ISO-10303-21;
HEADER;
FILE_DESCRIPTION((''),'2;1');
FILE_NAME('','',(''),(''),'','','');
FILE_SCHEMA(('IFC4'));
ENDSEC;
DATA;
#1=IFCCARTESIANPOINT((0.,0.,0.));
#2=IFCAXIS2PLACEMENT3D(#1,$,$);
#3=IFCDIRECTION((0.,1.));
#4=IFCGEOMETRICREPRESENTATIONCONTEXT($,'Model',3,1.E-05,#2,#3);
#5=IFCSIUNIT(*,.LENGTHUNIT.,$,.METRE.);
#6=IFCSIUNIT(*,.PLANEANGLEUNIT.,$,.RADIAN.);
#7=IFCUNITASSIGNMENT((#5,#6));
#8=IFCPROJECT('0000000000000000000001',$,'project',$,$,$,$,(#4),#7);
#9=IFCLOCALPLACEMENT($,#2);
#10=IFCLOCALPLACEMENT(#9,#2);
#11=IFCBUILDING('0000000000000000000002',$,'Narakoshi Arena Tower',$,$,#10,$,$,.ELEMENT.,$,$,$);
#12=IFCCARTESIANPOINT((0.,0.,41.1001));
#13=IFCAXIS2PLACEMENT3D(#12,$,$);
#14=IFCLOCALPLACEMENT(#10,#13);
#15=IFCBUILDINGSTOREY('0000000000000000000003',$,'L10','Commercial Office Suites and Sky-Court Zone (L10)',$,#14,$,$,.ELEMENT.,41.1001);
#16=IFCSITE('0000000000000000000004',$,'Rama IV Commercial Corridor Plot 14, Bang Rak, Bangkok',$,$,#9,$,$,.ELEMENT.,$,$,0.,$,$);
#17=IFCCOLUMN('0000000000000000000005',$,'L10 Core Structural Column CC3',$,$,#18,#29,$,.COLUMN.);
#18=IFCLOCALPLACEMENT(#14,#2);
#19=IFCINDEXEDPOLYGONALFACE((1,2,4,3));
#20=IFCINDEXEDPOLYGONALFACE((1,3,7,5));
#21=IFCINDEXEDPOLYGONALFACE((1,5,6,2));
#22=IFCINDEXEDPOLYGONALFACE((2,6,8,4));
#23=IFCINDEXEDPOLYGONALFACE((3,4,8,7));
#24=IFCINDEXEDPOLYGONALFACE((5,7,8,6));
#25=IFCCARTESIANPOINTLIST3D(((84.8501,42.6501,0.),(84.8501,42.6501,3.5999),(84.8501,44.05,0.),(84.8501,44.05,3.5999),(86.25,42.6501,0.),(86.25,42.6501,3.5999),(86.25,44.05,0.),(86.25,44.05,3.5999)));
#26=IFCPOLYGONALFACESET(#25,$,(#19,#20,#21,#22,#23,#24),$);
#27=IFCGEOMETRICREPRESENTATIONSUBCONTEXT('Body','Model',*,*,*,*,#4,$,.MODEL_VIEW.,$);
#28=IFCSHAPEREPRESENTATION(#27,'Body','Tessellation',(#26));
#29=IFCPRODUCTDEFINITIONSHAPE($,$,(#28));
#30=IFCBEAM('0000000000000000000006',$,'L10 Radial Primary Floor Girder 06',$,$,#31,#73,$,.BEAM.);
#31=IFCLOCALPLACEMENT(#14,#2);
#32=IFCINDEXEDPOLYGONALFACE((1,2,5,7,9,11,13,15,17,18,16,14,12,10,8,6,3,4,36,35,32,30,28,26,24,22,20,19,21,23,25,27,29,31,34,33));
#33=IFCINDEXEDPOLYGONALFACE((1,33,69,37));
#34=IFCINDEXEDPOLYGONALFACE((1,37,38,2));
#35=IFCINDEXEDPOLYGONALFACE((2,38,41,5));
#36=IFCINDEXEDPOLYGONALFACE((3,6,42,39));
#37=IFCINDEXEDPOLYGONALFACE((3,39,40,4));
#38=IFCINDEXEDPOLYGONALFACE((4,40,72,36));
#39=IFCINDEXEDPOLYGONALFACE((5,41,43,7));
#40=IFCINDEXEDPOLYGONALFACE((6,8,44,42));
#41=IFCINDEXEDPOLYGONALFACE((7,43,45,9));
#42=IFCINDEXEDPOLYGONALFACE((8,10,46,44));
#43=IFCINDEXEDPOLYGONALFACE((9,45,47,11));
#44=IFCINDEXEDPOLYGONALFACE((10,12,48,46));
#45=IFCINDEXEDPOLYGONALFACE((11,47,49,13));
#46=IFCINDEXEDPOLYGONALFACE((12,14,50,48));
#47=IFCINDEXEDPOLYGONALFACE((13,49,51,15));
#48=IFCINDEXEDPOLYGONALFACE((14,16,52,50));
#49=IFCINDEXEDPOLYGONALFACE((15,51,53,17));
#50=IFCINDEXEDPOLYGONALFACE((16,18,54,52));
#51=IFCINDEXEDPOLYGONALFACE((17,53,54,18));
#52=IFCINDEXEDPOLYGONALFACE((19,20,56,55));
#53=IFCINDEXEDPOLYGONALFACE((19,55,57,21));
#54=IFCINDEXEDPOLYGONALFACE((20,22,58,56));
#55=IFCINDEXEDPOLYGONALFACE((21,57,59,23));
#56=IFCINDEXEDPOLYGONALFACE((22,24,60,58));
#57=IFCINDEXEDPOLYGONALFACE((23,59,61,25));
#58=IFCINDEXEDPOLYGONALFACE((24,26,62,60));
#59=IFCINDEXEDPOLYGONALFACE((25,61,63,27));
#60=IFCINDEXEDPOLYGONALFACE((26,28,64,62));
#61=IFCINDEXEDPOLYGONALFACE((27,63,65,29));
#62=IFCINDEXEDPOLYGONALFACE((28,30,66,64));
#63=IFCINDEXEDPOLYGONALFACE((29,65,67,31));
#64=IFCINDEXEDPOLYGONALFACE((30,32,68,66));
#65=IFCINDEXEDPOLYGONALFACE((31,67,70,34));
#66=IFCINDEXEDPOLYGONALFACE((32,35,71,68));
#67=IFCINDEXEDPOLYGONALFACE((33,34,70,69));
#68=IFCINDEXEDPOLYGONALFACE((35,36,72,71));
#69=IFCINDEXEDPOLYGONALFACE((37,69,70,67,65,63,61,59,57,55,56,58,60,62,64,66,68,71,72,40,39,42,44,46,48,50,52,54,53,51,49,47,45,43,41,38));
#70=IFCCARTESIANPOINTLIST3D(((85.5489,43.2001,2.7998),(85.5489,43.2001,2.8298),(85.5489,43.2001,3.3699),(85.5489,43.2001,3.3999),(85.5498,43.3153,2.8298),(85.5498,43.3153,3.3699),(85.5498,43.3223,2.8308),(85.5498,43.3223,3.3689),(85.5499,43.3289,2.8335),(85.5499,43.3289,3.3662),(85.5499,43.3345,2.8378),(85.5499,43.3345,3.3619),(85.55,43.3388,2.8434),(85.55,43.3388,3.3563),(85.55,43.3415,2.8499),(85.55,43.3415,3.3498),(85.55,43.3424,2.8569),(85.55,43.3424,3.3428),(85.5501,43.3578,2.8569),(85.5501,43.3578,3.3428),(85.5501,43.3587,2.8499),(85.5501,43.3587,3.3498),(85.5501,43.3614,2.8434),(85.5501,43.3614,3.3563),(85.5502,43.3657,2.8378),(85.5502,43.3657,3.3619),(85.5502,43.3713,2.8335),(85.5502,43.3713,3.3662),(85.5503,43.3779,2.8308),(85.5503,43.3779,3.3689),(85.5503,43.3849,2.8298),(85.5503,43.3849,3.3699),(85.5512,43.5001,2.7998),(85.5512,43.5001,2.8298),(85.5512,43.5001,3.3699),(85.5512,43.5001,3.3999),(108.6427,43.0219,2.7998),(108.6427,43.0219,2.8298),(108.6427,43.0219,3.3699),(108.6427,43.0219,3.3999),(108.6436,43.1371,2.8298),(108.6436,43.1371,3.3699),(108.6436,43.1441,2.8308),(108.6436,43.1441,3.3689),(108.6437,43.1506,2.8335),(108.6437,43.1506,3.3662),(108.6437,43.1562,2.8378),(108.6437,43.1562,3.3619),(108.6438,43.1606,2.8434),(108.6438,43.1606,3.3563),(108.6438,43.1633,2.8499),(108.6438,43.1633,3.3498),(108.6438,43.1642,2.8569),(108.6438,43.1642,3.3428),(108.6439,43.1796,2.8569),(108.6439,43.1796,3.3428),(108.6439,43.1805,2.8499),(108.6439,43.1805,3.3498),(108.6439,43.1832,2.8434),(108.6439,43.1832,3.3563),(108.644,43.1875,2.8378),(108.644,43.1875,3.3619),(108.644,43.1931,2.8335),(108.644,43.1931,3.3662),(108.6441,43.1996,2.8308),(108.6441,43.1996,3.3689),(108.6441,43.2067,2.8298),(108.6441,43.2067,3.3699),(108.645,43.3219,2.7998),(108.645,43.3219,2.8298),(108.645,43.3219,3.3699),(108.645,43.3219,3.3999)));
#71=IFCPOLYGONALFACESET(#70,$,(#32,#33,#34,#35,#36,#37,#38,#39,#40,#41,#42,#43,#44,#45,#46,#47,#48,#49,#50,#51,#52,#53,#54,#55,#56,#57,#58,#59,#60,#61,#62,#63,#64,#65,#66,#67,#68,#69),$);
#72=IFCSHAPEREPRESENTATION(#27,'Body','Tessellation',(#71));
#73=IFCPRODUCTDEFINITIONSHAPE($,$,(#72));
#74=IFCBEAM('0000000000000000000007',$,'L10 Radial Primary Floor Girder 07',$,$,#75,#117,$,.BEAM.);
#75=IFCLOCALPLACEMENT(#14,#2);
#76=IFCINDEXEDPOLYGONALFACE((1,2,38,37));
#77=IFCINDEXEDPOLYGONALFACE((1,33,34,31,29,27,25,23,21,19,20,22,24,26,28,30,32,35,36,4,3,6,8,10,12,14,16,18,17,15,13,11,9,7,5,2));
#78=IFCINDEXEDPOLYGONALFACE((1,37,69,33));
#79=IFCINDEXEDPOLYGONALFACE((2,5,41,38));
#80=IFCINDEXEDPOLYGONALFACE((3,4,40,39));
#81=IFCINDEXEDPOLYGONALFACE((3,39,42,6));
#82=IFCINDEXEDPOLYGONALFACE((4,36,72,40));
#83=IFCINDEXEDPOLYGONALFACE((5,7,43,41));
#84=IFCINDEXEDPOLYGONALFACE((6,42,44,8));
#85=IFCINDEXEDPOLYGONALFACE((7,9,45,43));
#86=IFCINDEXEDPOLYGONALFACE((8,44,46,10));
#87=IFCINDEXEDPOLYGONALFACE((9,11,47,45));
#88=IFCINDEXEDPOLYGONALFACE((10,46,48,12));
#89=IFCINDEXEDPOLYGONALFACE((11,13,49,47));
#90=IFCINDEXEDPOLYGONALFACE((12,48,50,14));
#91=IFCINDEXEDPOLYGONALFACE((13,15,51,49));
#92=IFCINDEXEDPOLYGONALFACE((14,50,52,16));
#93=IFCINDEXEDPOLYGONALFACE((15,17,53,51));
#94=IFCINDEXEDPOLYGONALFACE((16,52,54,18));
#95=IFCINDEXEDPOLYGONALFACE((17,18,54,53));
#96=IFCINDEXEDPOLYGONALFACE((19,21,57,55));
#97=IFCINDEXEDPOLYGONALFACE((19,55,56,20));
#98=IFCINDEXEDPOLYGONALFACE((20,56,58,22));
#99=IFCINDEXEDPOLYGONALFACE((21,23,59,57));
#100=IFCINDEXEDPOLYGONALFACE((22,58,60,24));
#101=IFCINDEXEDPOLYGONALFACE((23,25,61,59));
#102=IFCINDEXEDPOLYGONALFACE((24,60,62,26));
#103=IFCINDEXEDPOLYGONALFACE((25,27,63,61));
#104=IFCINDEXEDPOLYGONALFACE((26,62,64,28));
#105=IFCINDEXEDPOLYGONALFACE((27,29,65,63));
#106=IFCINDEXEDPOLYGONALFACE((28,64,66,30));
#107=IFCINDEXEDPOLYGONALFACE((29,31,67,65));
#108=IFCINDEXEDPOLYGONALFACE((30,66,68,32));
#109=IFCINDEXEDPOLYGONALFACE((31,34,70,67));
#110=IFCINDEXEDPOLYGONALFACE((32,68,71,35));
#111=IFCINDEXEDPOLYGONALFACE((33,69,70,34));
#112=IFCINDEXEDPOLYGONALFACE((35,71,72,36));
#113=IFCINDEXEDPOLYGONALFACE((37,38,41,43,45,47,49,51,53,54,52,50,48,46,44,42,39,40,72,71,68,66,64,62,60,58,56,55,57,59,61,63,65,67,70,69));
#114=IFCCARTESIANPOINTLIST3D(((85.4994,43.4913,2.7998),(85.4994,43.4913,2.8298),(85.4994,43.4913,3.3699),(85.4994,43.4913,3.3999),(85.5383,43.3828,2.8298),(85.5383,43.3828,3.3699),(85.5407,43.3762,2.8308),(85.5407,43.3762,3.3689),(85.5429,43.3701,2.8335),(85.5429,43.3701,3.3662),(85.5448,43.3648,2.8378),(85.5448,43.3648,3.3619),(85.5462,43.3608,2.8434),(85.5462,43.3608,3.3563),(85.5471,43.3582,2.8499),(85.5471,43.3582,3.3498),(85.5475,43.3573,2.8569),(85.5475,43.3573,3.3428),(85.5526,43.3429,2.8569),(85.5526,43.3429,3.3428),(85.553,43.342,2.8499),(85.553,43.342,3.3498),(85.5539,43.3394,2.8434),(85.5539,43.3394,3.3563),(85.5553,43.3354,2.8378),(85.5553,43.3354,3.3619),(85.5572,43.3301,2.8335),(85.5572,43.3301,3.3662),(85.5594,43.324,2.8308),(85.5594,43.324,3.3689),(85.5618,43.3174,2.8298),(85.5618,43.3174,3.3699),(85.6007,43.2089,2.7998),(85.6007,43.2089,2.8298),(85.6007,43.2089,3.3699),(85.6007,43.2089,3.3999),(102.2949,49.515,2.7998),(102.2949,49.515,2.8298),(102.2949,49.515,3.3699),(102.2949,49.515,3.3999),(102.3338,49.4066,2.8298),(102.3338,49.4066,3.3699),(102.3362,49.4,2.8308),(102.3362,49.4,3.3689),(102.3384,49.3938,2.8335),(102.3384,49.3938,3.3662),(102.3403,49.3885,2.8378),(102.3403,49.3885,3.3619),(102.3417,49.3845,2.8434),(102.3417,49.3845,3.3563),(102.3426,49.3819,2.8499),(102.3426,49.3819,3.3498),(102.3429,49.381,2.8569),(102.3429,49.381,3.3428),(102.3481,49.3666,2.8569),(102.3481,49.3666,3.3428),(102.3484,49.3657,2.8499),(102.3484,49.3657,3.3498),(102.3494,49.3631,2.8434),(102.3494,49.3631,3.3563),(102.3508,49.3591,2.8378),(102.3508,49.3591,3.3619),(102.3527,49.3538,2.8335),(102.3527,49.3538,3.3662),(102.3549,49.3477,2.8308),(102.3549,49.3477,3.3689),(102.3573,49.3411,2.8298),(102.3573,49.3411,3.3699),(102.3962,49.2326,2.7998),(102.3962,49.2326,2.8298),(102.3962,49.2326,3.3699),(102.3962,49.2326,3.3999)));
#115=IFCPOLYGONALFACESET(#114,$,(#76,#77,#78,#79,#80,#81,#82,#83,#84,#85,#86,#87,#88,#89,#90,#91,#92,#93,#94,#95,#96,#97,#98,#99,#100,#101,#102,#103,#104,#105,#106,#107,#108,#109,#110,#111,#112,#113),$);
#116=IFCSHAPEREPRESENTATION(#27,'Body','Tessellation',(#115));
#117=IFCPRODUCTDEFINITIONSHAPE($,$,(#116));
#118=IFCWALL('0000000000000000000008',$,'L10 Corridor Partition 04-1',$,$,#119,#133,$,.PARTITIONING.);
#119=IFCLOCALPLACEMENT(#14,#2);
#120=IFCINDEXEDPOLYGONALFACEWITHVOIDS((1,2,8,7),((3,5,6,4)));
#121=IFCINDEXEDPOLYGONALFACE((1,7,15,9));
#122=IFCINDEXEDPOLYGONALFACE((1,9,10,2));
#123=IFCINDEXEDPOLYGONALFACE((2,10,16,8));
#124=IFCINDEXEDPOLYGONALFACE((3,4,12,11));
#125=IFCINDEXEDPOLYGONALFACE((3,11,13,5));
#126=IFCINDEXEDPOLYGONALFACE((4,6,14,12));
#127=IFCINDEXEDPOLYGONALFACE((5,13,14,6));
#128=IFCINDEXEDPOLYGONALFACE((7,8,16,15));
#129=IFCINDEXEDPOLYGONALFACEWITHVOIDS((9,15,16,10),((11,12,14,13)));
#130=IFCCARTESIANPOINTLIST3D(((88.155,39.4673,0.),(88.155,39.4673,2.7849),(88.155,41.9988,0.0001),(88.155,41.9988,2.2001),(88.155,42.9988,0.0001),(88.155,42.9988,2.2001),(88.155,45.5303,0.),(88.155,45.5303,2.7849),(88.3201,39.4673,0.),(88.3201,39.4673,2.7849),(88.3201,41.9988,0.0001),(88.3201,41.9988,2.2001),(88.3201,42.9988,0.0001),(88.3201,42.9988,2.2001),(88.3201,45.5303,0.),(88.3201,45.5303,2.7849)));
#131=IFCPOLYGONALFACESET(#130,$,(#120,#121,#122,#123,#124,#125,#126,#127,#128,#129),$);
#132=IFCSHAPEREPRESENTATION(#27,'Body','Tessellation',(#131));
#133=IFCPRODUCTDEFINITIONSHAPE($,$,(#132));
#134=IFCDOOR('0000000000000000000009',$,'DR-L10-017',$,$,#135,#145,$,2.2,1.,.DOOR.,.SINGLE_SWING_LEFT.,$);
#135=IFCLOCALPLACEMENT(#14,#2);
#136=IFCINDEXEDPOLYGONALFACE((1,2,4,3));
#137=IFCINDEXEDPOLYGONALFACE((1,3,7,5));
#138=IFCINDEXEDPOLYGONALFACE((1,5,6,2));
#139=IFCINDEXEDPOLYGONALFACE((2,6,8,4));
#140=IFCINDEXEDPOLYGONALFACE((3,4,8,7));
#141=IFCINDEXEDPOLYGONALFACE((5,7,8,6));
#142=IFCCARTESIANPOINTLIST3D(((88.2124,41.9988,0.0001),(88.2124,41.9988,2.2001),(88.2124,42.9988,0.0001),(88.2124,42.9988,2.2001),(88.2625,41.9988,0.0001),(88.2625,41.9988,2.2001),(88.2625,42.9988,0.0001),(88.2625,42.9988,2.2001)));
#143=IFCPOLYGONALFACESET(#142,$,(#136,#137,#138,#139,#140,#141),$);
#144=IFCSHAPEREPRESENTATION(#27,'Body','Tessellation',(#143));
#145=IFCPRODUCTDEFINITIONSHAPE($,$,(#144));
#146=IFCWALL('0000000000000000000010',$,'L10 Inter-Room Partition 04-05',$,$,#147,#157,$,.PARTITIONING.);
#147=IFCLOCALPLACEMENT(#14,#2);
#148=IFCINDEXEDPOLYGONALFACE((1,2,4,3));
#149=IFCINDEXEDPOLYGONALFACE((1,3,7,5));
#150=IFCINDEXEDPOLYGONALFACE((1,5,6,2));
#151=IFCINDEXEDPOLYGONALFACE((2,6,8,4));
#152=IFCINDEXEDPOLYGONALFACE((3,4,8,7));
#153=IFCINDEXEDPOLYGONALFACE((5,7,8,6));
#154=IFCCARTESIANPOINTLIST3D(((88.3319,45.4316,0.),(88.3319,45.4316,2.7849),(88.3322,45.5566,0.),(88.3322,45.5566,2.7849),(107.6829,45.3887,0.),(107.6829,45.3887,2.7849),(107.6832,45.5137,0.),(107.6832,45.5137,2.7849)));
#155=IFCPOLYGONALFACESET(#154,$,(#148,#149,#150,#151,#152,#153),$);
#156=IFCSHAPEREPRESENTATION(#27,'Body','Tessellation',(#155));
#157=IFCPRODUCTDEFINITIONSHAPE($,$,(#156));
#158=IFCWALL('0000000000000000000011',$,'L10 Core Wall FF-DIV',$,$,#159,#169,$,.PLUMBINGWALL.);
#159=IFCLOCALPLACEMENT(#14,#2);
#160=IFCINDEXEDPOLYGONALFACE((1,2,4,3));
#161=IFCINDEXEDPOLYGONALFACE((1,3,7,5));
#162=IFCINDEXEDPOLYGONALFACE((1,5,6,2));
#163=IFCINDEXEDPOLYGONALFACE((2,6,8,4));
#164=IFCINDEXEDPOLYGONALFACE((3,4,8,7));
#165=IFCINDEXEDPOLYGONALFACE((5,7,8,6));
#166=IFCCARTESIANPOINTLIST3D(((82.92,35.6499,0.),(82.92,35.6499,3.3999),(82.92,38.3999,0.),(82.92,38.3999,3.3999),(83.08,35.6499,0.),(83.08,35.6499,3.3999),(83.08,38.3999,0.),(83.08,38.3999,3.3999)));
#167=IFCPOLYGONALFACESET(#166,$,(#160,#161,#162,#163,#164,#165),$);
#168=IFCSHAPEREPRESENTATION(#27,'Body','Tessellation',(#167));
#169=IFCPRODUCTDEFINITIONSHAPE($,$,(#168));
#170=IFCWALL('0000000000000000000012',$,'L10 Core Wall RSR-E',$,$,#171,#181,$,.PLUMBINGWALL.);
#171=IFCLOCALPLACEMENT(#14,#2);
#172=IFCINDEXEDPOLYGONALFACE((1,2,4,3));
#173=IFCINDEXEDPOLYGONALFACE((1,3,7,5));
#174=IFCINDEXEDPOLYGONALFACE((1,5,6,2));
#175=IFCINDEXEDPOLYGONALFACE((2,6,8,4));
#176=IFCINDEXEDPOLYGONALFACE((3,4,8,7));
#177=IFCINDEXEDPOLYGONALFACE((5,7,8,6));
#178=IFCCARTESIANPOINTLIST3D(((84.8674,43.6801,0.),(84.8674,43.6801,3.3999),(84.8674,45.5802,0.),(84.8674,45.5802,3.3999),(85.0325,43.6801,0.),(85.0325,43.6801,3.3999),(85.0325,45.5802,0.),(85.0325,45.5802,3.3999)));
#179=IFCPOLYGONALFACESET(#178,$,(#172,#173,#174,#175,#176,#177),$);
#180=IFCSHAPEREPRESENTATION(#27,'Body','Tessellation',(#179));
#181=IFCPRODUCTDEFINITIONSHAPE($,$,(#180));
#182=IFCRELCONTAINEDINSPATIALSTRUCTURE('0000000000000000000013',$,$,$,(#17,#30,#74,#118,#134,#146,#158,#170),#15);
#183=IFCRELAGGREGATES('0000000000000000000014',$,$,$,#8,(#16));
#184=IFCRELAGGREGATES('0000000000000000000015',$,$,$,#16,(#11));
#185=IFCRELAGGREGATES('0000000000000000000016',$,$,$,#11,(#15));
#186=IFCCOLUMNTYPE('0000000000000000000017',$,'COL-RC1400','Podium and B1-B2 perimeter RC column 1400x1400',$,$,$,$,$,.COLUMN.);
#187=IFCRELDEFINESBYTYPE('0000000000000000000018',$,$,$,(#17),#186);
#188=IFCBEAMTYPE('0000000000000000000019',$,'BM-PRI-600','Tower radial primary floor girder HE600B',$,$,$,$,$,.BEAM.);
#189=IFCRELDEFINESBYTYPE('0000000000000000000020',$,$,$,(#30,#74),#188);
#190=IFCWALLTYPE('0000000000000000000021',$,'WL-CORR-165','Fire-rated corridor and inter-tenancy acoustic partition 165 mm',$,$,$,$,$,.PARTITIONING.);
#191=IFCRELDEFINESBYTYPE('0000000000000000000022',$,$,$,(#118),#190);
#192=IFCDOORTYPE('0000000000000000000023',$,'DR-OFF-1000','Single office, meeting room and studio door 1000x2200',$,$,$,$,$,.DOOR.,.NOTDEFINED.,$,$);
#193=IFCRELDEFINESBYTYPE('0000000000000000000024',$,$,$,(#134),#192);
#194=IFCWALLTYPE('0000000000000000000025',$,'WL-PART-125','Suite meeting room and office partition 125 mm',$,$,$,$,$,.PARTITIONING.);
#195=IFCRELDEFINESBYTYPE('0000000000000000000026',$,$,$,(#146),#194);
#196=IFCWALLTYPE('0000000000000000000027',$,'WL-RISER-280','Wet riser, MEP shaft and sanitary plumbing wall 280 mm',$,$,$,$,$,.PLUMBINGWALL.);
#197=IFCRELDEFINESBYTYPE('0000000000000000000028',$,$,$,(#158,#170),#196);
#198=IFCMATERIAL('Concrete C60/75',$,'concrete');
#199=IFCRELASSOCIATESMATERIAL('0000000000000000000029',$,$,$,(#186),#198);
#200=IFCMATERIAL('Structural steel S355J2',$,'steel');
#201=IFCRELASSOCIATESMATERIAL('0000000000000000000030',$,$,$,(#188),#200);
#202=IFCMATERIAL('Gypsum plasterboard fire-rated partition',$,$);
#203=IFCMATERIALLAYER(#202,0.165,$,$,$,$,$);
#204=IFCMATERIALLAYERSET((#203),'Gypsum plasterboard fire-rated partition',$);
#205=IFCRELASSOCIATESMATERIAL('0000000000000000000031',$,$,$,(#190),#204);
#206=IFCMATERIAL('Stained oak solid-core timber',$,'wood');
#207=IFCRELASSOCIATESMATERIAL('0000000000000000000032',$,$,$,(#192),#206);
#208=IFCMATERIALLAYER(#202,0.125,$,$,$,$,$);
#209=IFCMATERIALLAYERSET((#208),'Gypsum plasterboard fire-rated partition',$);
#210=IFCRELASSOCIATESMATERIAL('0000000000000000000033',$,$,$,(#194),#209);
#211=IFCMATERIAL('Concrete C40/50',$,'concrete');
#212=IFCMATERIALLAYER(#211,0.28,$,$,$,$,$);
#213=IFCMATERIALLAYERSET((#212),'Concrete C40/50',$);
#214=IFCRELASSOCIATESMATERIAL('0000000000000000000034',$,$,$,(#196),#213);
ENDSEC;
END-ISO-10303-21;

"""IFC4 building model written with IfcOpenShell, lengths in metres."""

from ifc_helpers import new_model, si_unit, direction, frame, frame_2d, origin, origin_2d, place, context, subcontext, project, spatial, rectangle, i_section, extrude, material, layer, layer_set, material_profile, profile_set, type_object, element, fill, save


model = new_model("IFC4")

# Units and contexts
model_context = context("Model", 3, precision=1e-05, world=origin(), true_north=direction((0.0, 1.0)))
body_context = subcontext(model_context, "Body", "Model", "MODEL_VIEW")
ifc_project = project(units=[si_unit("LENGTHUNIT", "METRE"), si_unit("PLANEANGLEUNIT", "RADIAN")], contexts=[model_context])

# Site, building, storey
site_placement = place(None, origin())
site = spatial("IfcSite", under=ifc_project, at=site_placement, Name="Rama IV Commercial Corridor Plot 14, Bang Rak, Bangkok", CompositionType="ELEMENT", RefElevation=0.0)
building_placement = place(site_placement, origin())
building = spatial("IfcBuilding", under=site, at=building_placement, Name="Narakoshi Arena Tower", CompositionType="ELEMENT")
storey_placement = place(building_placement, frame((0.0, 0.0, 41.1001)))
storey = spatial("IfcBuildingStorey", under=building, at=storey_placement, Name="L10", Description="Commercial Office Suites and Sky-Court Zone (L10)", CompositionType="ELEMENT", Elevation=41.1001)

# Column
ifc_material_1 = material(Name="Concrete C60/75", Category="concrete")
ifc_material_profile_1 = material_profile(ifc_material_1, rectangle(XDim=1.3999, YDim=1.3999, at=origin_2d()), Name="RC1400x1400")
ifc_profile_set_1 = profile_set([ifc_material_profile_1], Name="Concrete C60/75")
column_type = type_object("IfcColumnType", Name="COL-RC1400", Description="Podium and B1-B2 perimeter RC column 1400x1400", PredefinedType="COLUMN", material=ifc_profile_set_1)
column_placement = place(storey_placement, frame((85.55, 43.3501, 0.0), z_axis=(0.0, 0.0, 1.0), x_axis=(1.0, 0.0, 0.0)))
element("IfcColumn", 1, at=column_placement, inside=storey, type_object=column_type, Name="L10 Core Structural Column CC3", PredefinedType="COLUMN", context=body_context, shape_type="SweptSolid", body=[
    extrude(rectangle(XDim=1.3999, YDim=1.3999, at=origin_2d()), origin(), (0.0, 0.0, 1.0), 3.5999),
])

# Beams
ifc_material_2 = material(Name="Structural steel S355J2", Category="steel")
ifc_material_profile_2 = material_profile(ifc_material_2, i_section(OverallWidth=0.3, OverallDepth=0.6001, WebThickness=0.0154, FlangeThickness=0.03, FilletRadius=0.0271, at=origin_2d()), Name="HE600B")
ifc_profile_set_2 = profile_set([ifc_material_profile_2], Name="Structural steel S355J2")
beam_type = type_object("IfcBeamType", Name="BM-PRI-600", Description="Tower radial primary floor girder HE600B", PredefinedType="BEAM", material=ifc_profile_set_2)
beam_1_placement = place(storey_placement, frame((85.55, 43.3501, 3.0999), z_axis=(0.99997, -0.007717, 0.0), x_axis=(0.007717, 0.99997, 0.0)))
element("IfcBeam", 2, at=beam_1_placement, inside=storey, type_object=beam_type, Name="L10 Radial Primary Floor Girder 06", PredefinedType="BEAM", context=body_context, shape_type="SweptSolid", body=[
    extrude(i_section(OverallWidth=0.3, OverallDepth=0.6001, WebThickness=0.0154, FlangeThickness=0.03, FilletRadius=0.0271, at=origin_2d()), origin(), (0.0, 0.0, 1.0), 23.0945),
])
beam_2_placement = place(storey_placement, frame((85.55, 43.3501, 3.0999), z_axis=(0.941292, 0.337595, 0.0), x_axis=(-0.337595, 0.941292, 0.0)))
element("IfcBeam", 3, at=beam_2_placement, inside=storey, type_object=beam_type, Name="L10 Radial Primary Floor Girder 07", PredefinedType="BEAM", context=body_context, shape_type="SweptSolid", body=[
    extrude(i_section(OverallWidth=0.3, OverallDepth=0.6001, WebThickness=0.0154, FlangeThickness=0.03, FilletRadius=0.0271, at=origin_2d()), origin(), (0.0, 0.0, 1.0), 17.843),
])

# Wall, opening, door
ifc_material_3 = material(Name="Gypsum plasterboard fire-rated partition")
ifc_layer_1 = layer(ifc_material_3, 0.165)
ifc_layer_set_1 = layer_set([ifc_layer_1], Name="Gypsum plasterboard fire-rated partition")
wall_type_1 = type_object("IfcWallType", Name="WL-CORR-165", Description="Fire-rated corridor and inter-tenancy acoustic partition 165 mm", PredefinedType="PARTITIONING", material=ifc_layer_set_1)
wall_1_placement = place(storey_placement, frame((88.2375, 39.4673, 0.0), z_axis=(0.0, 0.0, 1.0), x_axis=(0.0, 1.0, 0.0)))
wall_1 = element("IfcWall", 4, at=wall_1_placement, inside=storey, type_object=wall_type_1, Name="L10 Corridor Partition 04-1", PredefinedType="PARTITIONING", context=body_context, shape_type="SweptSolid", body=[
    extrude(rectangle(XDim=6.063, YDim=0.165, at=frame_2d((3.0315, 0.0))), origin(), (0.0, 0.0, 1.0), 2.7849),
])
opening_1_placement = place(wall_1_placement, frame((2.5315, 0.0, 0.0)))
opening_1 = element("IfcOpeningElement", 5, at=opening_1_placement, cuts=wall_1, PredefinedType="OPENING", context=body_context, shape_type="SweptSolid", body=[
    extrude(rectangle(XDim=1.0, YDim=2.2, at=frame_2d((0.5, 1.1001))), frame((0.0, 0.0925, 0.0), z_axis=(0.0, -1.0, 0.0), x_axis=(1.0, 0.0, 0.0)), (0.0, 0.0, 1.0), 0.1851),
])
ifc_material_4 = material(Name="Stained oak solid-core timber", Category="wood")
door_type_1 = type_object("IfcDoorType", Name="DR-OFF-1000", Description="Single office, meeting room and studio door 1000x2200", OperationType="NOTDEFINED", PredefinedType="DOOR", material=ifc_material_4)
door_1_placement = place(opening_1_placement, frame((1.0, 0.0, 0.0), z_axis=(0.0, 0.0, 1.0), x_axis=(-1.0, 0.0, 0.0)))
door_1 = element("IfcDoor", 6, at=door_1_placement, inside=storey, type_object=door_type_1, Name="DR-L10-017", OperationType="SINGLE_SWING_LEFT", OverallHeight=2.2, OverallWidth=1.0, PredefinedType="DOOR", context=body_context, shape_type="SweptSolid", body=[
    extrude(rectangle(XDim=1.0, YDim=2.2, at=frame_2d((0.5, 1.1001))), frame((0.0, 0.0249, 0.0), z_axis=(0.0, -1.0, 0.0), x_axis=(1.0, 0.0, 0.0)), (0.0, 0.0, 1.0), 0.05),
])
fill(opening_1, door_1)

# Walls
ifc_layer_2 = layer(ifc_material_3, 0.125)
ifc_layer_set_2 = layer_set([ifc_layer_2], Name="Gypsum plasterboard fire-rated partition")
wall_type_2 = type_object("IfcWallType", Name="WL-PART-125", Description="Suite meeting room and office partition 125 mm", PredefinedType="PARTITIONING", material=ifc_layer_set_2)
wall_2_placement = place(storey_placement, frame((88.332, 45.4941, 0.0), z_axis=(0.0, 0.0, 1.0), x_axis=(0.999998, -0.00222, 0.0)))
element("IfcWall", 7, at=wall_2_placement, inside=storey, type_object=wall_type_2, Name="L10 Inter-Room Partition 04-05", PredefinedType="PARTITIONING", context=body_context, shape_type="SweptSolid", body=[
    extrude(rectangle(XDim=19.3511, YDim=0.125, at=frame_2d((9.6755, 0.0))), origin(), (0.0, 0.0, 1.0), 2.7849),
])
ifc_material_5 = material(Name="Concrete C40/50", Category="concrete")
ifc_layer_3 = layer(ifc_material_5, 0.28)
ifc_layer_set_3 = layer_set([ifc_layer_3], Name="Concrete C40/50")
wall_type_3 = type_object("IfcWallType", Name="WL-RISER-280", Description="Wet riser, MEP shaft and sanitary plumbing wall 280 mm", PredefinedType="PLUMBINGWALL", material=ifc_layer_set_3)
wall_3_placement = place(storey_placement, frame((83.0, 35.6499, 0.0), z_axis=(0.0, 0.0, 1.0), x_axis=(0.0, 1.0, 0.0)))
element("IfcWall", 8, at=wall_3_placement, inside=storey, type_object=wall_type_3, Name="L10 Core Wall FF-DIV", PredefinedType="PLUMBINGWALL", context=body_context, shape_type="SweptSolid", body=[
    extrude(rectangle(XDim=2.75, YDim=0.1599, at=frame_2d((1.375, 0.0))), origin(), (0.0, 0.0, 1.0), 3.3999),
])
wall_4_placement = place(storey_placement, frame((84.95, 43.6799, 0.0), z_axis=(0.0, 0.0, 1.0), x_axis=(0.0, 1.0, 0.0)))
element("IfcWall", 9, at=wall_4_placement, inside=storey, type_object=wall_type_3, Name="L10 Core Wall RSR-E", PredefinedType="PLUMBINGWALL", context=body_context, shape_type="SweptSolid", body=[
    extrude(rectangle(XDim=1.9001, YDim=0.165, at=frame_2d((0.9502, 0.0))), origin(), (0.0, 0.0, 1.0), 3.3999),
])

save(model, "model.ifc")
